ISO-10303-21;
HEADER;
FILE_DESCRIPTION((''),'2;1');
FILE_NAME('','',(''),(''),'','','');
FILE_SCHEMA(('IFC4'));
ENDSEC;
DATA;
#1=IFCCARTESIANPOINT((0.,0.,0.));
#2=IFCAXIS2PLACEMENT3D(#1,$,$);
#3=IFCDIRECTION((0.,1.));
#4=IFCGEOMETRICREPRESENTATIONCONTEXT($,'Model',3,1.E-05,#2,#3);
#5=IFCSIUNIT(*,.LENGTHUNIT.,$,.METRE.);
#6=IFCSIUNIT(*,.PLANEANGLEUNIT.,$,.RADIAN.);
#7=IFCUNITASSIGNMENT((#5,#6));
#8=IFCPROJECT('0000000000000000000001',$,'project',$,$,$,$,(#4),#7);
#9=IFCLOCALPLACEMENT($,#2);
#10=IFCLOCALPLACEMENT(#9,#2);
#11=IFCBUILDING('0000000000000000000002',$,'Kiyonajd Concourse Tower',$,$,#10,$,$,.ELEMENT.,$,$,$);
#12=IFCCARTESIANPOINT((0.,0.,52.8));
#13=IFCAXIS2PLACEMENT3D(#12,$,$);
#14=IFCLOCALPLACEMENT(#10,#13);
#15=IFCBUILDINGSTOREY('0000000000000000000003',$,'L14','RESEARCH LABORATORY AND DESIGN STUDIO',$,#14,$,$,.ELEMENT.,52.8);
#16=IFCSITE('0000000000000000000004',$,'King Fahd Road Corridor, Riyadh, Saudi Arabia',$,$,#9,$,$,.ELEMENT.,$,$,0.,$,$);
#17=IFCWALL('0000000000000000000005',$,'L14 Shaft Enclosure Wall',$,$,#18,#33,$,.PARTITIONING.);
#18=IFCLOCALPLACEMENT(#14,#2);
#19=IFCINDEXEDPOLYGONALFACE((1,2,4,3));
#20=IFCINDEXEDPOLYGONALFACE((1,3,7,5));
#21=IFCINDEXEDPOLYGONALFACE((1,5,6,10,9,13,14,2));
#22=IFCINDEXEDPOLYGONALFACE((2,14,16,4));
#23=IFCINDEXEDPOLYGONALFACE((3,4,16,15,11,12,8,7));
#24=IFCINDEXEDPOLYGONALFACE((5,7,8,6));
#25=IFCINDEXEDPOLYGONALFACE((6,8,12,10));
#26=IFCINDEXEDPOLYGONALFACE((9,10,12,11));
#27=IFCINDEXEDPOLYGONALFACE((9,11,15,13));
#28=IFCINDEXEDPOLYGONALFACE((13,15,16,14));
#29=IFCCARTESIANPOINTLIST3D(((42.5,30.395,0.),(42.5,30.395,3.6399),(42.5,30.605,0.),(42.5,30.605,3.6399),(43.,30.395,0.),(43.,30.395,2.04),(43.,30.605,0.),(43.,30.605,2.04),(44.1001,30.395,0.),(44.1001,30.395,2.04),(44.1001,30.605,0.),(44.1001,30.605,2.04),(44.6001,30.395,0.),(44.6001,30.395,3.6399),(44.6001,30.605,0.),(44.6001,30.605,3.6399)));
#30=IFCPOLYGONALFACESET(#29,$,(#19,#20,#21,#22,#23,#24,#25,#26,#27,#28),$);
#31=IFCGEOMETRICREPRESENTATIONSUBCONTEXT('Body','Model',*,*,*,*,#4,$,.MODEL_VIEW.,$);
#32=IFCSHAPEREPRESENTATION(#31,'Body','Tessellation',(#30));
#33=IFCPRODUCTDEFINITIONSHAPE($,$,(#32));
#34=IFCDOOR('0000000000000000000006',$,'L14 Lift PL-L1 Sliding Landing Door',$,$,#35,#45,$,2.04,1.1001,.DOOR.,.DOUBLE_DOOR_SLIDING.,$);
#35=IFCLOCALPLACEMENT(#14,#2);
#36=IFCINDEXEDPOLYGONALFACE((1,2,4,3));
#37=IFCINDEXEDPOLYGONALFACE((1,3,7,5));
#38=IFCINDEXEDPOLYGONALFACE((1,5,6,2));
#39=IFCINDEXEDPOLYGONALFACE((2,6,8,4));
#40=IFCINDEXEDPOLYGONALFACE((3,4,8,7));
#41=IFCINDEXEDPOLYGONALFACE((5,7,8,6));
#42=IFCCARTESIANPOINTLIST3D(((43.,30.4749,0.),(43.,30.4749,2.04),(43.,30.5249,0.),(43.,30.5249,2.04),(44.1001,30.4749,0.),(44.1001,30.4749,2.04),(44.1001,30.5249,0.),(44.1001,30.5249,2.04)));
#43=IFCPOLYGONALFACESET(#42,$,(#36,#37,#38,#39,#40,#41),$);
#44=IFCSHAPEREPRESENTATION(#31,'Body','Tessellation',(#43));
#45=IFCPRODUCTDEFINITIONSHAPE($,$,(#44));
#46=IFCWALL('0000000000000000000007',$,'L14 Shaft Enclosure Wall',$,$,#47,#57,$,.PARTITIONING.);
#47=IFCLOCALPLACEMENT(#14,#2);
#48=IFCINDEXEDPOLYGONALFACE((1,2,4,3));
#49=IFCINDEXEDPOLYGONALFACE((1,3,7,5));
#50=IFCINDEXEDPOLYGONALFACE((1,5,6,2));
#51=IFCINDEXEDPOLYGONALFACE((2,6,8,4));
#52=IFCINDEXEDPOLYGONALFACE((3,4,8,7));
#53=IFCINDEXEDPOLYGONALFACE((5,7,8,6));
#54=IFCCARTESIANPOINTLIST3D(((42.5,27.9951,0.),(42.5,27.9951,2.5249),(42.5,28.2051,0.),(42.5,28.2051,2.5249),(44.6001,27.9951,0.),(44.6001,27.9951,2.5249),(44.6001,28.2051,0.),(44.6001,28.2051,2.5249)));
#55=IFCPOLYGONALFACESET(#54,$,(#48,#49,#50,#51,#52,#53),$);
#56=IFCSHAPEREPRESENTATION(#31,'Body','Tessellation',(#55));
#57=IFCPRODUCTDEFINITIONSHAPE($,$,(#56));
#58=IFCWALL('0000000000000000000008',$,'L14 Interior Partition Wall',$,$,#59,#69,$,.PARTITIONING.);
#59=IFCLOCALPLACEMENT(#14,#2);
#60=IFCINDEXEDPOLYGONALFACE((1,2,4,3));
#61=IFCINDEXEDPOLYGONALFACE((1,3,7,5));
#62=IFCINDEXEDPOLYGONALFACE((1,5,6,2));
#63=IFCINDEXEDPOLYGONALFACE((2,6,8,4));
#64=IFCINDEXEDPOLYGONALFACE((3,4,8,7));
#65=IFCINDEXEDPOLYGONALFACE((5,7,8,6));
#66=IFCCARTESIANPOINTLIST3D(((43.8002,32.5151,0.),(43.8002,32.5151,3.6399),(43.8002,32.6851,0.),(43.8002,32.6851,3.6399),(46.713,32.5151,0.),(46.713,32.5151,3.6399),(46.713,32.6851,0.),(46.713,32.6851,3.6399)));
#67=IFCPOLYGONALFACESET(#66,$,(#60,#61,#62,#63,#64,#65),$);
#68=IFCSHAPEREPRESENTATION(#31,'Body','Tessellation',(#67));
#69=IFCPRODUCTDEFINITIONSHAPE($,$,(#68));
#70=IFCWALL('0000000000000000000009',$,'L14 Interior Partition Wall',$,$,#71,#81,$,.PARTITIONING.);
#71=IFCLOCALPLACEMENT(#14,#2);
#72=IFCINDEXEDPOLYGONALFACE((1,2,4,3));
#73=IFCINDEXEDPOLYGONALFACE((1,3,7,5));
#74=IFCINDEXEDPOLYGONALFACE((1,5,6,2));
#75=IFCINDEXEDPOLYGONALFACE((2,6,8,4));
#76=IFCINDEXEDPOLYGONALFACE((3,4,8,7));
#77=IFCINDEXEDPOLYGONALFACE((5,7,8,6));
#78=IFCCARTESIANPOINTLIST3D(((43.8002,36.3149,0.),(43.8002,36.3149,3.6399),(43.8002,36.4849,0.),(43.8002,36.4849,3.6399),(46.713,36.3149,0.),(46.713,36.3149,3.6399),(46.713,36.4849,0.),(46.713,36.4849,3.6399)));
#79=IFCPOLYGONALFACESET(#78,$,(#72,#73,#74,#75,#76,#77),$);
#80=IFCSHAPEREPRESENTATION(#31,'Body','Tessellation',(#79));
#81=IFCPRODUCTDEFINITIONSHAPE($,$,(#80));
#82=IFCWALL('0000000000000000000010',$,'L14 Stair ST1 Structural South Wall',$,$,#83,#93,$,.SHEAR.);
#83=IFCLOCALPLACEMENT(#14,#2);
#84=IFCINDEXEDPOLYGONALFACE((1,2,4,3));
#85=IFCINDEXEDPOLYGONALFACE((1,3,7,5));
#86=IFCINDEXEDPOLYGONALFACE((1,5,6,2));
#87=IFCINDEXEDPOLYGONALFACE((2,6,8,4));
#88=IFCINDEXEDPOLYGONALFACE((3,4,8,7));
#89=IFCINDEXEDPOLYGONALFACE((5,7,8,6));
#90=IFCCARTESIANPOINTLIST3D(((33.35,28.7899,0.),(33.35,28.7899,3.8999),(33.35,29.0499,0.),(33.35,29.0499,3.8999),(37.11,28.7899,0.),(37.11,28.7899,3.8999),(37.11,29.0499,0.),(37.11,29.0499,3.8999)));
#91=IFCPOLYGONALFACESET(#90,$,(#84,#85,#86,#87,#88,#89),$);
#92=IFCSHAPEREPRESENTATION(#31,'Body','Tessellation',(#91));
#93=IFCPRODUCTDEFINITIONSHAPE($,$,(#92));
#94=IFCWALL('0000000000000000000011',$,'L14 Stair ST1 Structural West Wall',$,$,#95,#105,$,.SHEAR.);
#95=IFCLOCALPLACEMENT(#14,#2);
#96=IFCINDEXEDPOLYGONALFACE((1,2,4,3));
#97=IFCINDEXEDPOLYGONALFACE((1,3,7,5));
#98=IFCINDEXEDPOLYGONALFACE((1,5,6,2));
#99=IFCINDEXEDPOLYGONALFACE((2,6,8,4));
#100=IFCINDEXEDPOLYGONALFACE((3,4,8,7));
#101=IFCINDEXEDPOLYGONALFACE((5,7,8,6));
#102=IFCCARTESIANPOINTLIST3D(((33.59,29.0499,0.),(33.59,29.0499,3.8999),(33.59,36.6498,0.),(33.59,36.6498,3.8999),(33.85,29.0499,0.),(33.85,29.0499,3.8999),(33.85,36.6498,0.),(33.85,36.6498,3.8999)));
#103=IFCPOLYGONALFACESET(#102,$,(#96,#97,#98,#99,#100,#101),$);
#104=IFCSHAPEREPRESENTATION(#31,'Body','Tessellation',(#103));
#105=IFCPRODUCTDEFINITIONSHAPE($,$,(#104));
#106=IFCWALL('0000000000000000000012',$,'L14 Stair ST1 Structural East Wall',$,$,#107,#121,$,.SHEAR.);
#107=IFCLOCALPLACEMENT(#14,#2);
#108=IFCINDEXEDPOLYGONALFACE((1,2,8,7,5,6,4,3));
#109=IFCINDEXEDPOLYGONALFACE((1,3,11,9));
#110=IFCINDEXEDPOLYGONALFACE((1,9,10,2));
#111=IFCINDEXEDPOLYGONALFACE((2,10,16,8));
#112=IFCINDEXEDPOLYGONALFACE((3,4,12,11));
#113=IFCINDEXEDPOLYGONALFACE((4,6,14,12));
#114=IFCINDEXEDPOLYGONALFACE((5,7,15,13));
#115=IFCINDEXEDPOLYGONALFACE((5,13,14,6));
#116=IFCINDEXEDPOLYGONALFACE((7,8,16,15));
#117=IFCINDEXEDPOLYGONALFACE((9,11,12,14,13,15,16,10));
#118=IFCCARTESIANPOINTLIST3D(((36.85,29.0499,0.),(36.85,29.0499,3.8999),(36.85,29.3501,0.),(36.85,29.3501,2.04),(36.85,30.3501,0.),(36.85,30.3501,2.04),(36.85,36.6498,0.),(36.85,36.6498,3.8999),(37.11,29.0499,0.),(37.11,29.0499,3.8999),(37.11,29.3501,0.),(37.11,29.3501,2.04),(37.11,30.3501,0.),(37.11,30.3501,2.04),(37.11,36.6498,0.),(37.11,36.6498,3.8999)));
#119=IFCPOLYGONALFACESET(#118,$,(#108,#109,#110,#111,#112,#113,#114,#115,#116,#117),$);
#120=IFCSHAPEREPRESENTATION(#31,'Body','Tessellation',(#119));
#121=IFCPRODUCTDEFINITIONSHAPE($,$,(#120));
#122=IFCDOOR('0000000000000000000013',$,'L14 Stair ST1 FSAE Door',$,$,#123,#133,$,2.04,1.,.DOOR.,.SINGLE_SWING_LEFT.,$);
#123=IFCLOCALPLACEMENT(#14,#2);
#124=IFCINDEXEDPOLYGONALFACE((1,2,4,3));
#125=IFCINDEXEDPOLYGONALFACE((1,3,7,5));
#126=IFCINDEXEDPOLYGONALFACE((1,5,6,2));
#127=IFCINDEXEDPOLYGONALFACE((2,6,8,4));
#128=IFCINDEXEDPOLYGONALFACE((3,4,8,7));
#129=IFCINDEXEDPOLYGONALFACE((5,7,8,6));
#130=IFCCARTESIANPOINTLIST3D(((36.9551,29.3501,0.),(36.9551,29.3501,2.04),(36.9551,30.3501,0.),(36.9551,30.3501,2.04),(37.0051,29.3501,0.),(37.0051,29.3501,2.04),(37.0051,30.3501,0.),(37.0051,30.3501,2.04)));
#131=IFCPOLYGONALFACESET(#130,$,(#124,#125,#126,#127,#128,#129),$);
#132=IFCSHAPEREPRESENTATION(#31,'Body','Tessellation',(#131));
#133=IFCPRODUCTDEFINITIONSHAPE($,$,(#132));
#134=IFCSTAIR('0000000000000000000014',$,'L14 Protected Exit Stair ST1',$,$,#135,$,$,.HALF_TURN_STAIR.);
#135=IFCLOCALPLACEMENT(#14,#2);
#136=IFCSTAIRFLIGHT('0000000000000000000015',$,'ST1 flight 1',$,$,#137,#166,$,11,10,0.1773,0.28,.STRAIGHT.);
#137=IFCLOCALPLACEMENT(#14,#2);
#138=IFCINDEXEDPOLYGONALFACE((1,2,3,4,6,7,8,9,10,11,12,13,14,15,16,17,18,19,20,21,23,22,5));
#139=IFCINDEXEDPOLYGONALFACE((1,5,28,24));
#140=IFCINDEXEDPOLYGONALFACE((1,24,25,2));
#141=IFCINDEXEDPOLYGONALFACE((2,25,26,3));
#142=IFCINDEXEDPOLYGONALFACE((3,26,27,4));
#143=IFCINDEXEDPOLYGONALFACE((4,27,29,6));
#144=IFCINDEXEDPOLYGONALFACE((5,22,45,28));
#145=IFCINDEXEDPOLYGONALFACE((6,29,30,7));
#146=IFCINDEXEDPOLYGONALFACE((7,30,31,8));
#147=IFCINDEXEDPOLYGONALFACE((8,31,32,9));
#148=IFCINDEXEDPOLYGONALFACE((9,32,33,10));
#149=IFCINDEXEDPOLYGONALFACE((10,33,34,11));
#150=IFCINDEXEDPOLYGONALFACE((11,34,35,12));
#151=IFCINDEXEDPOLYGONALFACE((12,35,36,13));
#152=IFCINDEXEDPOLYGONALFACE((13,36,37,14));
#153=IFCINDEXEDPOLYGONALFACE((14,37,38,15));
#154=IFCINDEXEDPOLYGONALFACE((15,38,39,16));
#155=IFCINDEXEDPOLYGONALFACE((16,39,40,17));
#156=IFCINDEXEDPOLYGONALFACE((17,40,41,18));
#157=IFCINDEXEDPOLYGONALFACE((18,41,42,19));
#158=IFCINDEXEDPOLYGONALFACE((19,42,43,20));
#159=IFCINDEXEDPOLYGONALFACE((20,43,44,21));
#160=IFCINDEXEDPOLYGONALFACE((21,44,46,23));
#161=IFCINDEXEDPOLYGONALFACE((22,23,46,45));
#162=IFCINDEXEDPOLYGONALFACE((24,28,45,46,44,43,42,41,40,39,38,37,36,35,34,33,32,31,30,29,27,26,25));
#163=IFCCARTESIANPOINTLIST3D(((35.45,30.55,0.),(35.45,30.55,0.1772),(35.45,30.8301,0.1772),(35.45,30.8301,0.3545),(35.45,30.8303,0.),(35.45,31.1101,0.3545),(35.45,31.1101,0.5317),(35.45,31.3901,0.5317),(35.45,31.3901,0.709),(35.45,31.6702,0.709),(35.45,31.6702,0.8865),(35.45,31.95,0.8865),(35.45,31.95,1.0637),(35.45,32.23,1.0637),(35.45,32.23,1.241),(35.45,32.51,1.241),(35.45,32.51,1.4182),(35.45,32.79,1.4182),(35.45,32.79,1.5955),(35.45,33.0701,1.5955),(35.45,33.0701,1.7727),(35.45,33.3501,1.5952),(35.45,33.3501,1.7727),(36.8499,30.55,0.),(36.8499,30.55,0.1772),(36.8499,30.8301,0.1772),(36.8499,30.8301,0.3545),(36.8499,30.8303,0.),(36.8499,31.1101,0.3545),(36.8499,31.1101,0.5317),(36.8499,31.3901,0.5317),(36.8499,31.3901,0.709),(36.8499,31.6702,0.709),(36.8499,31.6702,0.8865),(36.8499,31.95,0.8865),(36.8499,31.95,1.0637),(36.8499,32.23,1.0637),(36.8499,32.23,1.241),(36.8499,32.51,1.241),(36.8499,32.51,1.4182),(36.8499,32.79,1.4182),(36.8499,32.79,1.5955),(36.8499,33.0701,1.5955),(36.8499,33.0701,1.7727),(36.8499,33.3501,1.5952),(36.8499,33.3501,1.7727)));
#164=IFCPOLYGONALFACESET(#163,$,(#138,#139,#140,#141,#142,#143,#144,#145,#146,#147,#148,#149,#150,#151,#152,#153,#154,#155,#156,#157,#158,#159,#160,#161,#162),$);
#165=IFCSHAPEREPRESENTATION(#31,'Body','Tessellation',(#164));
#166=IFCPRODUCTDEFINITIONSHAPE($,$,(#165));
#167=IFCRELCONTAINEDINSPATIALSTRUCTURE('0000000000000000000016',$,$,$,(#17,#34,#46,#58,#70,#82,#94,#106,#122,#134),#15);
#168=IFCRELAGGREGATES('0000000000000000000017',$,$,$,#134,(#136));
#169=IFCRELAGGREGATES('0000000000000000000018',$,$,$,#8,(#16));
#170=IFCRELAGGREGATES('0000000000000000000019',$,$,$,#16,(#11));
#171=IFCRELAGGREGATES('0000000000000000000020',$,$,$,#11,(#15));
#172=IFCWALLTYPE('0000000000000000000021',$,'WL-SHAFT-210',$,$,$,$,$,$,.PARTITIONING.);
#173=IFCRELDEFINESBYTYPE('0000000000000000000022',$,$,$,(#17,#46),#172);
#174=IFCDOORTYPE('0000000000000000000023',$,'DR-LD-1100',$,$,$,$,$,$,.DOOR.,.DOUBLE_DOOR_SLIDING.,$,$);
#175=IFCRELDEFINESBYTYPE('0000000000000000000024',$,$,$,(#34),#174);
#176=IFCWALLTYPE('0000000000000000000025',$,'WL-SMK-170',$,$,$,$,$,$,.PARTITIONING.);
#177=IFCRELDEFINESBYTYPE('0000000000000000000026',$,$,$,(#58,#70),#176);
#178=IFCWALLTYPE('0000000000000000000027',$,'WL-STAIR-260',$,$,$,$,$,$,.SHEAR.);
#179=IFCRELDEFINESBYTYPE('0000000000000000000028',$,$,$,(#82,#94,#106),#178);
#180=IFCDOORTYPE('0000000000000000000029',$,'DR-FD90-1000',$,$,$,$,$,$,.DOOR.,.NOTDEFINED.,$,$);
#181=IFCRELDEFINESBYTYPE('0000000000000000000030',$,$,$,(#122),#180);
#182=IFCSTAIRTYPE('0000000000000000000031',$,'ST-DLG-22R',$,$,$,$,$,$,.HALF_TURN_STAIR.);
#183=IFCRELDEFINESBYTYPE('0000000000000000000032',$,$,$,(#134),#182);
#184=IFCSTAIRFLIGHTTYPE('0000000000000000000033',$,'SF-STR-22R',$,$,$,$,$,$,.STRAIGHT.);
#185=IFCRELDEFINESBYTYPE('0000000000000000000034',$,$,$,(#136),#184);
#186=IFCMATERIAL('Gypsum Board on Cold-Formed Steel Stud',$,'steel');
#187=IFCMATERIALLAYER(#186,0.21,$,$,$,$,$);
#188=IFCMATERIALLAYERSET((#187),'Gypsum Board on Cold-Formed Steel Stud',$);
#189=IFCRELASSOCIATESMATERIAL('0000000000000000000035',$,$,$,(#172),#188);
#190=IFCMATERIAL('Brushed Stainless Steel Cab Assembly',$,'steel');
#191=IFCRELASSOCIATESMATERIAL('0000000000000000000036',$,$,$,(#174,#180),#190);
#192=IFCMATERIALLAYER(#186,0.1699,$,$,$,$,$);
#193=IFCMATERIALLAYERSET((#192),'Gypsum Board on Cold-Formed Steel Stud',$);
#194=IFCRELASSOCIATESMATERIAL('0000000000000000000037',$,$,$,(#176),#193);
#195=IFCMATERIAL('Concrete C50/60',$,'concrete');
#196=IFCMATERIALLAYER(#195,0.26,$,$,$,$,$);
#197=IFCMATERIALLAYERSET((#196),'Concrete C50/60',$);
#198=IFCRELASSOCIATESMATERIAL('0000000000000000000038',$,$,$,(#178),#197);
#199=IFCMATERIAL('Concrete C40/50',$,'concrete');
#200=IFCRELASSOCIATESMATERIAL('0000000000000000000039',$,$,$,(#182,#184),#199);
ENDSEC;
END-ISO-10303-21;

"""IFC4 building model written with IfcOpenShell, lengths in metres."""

from ifc_helpers import new_model, si_unit, direction, frame, frame_2d, origin, place, context, subcontext, project, spatial, polyline, rectangle, outline, extrude, material, layer, layer_set, type_object, element, fill, aggregate, save


model = new_model("IFC4")

# Units and contexts
model_context = context("Model", 3, precision=1e-05, world=origin(), true_north=direction((0.0, 1.0)))
body_context = subcontext(model_context, "Body", "Model", "MODEL_VIEW")
ifc_project = project(units=[si_unit("LENGTHUNIT", "METRE"), si_unit("PLANEANGLEUNIT", "RADIAN")], contexts=[model_context])

# Site, building, storey
site_placement = place(None, origin())
site = spatial("IfcSite", under=ifc_project, at=site_placement, Name="King Fahd Road Corridor, Riyadh, Saudi Arabia", CompositionType="ELEMENT", RefElevation=0.0)
building_placement = place(site_placement, origin())
building = spatial("IfcBuilding", under=site, at=building_placement, Name="Kiyonajd Concourse Tower", CompositionType="ELEMENT")
storey_placement = place(building_placement, frame((0.0, 0.0, 52.8)))
storey = spatial("IfcBuildingStorey", under=building, at=storey_placement, Name="L14", Description="RESEARCH LABORATORY AND DESIGN STUDIO", CompositionType="ELEMENT", Elevation=52.8)

# Shared definitions
ifc_material_1 = material(Name="Concrete C50/60", Category="concrete")

# Shared definitions
ifc_material_2 = material(Name="Gypsum Board on Cold-Formed Steel Stud", Category="steel")

# Shared definitions
ifc_layer_1 = layer(ifc_material_2, 0.21)
ifc_layer_set_1 = layer_set([ifc_layer_1], Name="Gypsum Board on Cold-Formed Steel Stud")
wall_type_1 = type_object("IfcWallType", Name="WL-SHAFT-210", PredefinedType="PARTITIONING", material=ifc_layer_set_1)
ifc_material_3 = material(Name="Brushed Stainless Steel Cab Assembly", Category="steel")

# Wall, opening, door
wall_1_placement = place(storey_placement, frame((42.5, 30.5, 0.0), z_axis=(0.0, 0.0, 1.0), x_axis=(1.0, 0.0, 0.0)))
wall_1 = element("IfcWall", 1, at=wall_1_placement, inside=storey, type_object=wall_type_1, Name="L14 Shaft Enclosure Wall", PredefinedType="PARTITIONING", context=body_context, shape_type="SweptSolid", body=[
    extrude(rectangle(XDim=2.1001, YDim=0.21, at=frame_2d((1.05, 0.0))), origin(), (0.0, 0.0, 1.0), 3.6399),
])
opening_1_placement = place(wall_1_placement, frame((0.5, 0.0, 0.0)))
opening_1 = element("IfcOpeningElement", 2, at=opening_1_placement, cuts=wall_1, PredefinedType="OPENING", context=body_context, shape_type="SweptSolid", body=[
    extrude(rectangle(XDim=1.1001, YDim=2.04, at=frame_2d((0.55, 1.02))), frame((0.0, 0.115, 0.0), z_axis=(0.0, -1.0, 0.0), x_axis=(1.0, 0.0, 0.0)), (0.0, 0.0, 1.0), 0.23),
])
door_type_1 = type_object("IfcDoorType", Name="DR-LD-1100", OperationType="DOUBLE_DOOR_SLIDING", PredefinedType="DOOR", material=ifc_material_3)
door_1_placement = place(opening_1_placement, origin())
door_1 = element("IfcDoor", 3, at=door_1_placement, inside=storey, type_object=door_type_1, Name="L14 Lift PL-L1 Sliding Landing Door", OperationType="DOUBLE_DOOR_SLIDING", OverallHeight=2.04, OverallWidth=1.1001, PredefinedType="DOOR", context=body_context, shape_type="SweptSolid", body=[
    extrude(rectangle(XDim=1.1001, YDim=2.04, at=frame_2d((0.55, 1.02))), frame((0.0, 0.0249, 0.0), z_axis=(0.0, -1.0, 0.0), x_axis=(1.0, 0.0, 0.0)), (0.0, 0.0, 1.0), 0.05),
])
fill(opening_1, door_1)

# Walls
wall_2_placement = place(storey_placement, frame((42.5, 28.1001, 0.0), z_axis=(0.0, 0.0, 1.0), x_axis=(1.0, 0.0, 0.0)))
element("IfcWall", 4, at=wall_2_placement, inside=storey, type_object=wall_type_1, Name="L14 Shaft Enclosure Wall", PredefinedType="PARTITIONING", context=body_context, shape_type="SweptSolid", body=[
    extrude(rectangle(XDim=2.1001, YDim=0.21, at=frame_2d((1.05, 0.0))), origin(), (0.0, 0.0, 1.0), 2.5249),
])
ifc_layer_2 = layer(ifc_material_2, 0.1699)
ifc_layer_set_2 = layer_set([ifc_layer_2], Name="Gypsum Board on Cold-Formed Steel Stud")
wall_type_2 = type_object("IfcWallType", Name="WL-SMK-170", PredefinedType="PARTITIONING", material=ifc_layer_set_2)
for number, where, z_axis, x_axis, name in (
    (5, (43.8, 32.6001, 0.0), (0.0, 0.0, 1.0), (1.0, 0.0, 0.0), "L14 Interior Partition Wall"),
    (6, (43.8, 36.3999, 0.0), (0.0, 0.0, 1.0), (1.0, 0.0, 0.0), "L14 Interior Partition Wall"),
):
    element("IfcWall", number, at=place(storey_placement, frame(where, z_axis=z_axis, x_axis=x_axis)), inside=storey, type_object=wall_type_2, Name=name, PredefinedType="PARTITIONING", context=body_context, shape_type="SweptSolid", body=[
        extrude(rectangle(XDim=2.9128, YDim=0.1699, at=frame_2d((1.4565, 0.0))), origin(), (0.0, 0.0, 1.0), 3.6399),
    ])
ifc_layer_3 = layer(ifc_material_1, 0.26)
ifc_layer_set_3 = layer_set([ifc_layer_3], Name="Concrete C50/60")
wall_type_3 = type_object("IfcWallType", Name="WL-STAIR-260", PredefinedType="SHEAR", material=ifc_layer_set_3)
wall_3_placement = place(storey_placement, frame((33.3501, 28.9199, 0.0), z_axis=(0.0, 0.0, 1.0), x_axis=(1.0, 0.0, 0.0)))
element("IfcWall", 7, at=wall_3_placement, inside=storey, type_object=wall_type_3, Name="L14 Stair ST1 Structural South Wall", PredefinedType="SHEAR", context=body_context, shape_type="SweptSolid", body=[
    extrude(rectangle(XDim=3.76, YDim=0.26, at=frame_2d((1.8799, 0.0))), origin(), (0.0, 0.0, 1.0), 3.8999),
])
wall_4_placement = place(storey_placement, frame((33.72, 29.05, 0.0), z_axis=(0.0, 0.0, 1.0), x_axis=(0.0, 1.0, 0.0)))
element("IfcWall", 8, at=wall_4_placement, inside=storey, type_object=wall_type_3, Name="L14 Stair ST1 Structural West Wall", PredefinedType="SHEAR", context=body_context, shape_type="SweptSolid", body=[
    extrude(rectangle(XDim=7.5999, YDim=0.26, at=frame_2d((3.7998, 0.0))), origin(), (0.0, 0.0, 1.0), 3.8999),
])

# Wall, opening, door
wall_5_placement = place(storey_placement, frame((36.98, 29.05, 0.0), z_axis=(0.0, 0.0, 1.0), x_axis=(0.0, 1.0, 0.0)))
wall_5 = element("IfcWall", 9, at=wall_5_placement, inside=storey, type_object=wall_type_3, Name="L14 Stair ST1 Structural East Wall", PredefinedType="SHEAR", context=body_context, shape_type="SweptSolid", body=[
    extrude(rectangle(XDim=7.5999, YDim=0.26, at=frame_2d((3.7998, 0.0))), origin(), (0.0, 0.0, 1.0), 3.8999),
])
opening_2_placement = place(wall_5_placement, frame((0.3, 0.0, 0.0)))
opening_2 = element("IfcOpeningElement", 10, at=opening_2_placement, cuts=wall_5, PredefinedType="OPENING", context=body_context, shape_type="SweptSolid", body=[
    extrude(rectangle(XDim=1.0, YDim=2.04, at=frame_2d((0.5, 1.02))), frame((0.0, 0.1399, 0.0), z_axis=(0.0, -1.0, 0.0), x_axis=(1.0, 0.0, 0.0)), (0.0, 0.0, 1.0), 0.28),
])
door_type_2 = type_object("IfcDoorType", Name="DR-FD90-1000", OperationType="NOTDEFINED", PredefinedType="DOOR", material=ifc_material_3)
door_2_placement = place(opening_2_placement, origin())
door_2 = element("IfcDoor", 11, at=door_2_placement, inside=storey, type_object=door_type_2, Name="L14 Stair ST1 FSAE Door", OperationType="SINGLE_SWING_LEFT", OverallHeight=2.04, OverallWidth=1.0, PredefinedType="DOOR", context=body_context, shape_type="SweptSolid", body=[
    extrude(rectangle(XDim=1.0, YDim=2.04, at=frame_2d((0.5, 1.02))), frame((0.0, 0.0249, 0.0), z_axis=(0.0, -1.0, 0.0), x_axis=(1.0, 0.0, 0.0)), (0.0, 0.0, 1.0), 0.05),
])
fill(opening_2, door_2)

# Stair, stair flight
ifc_material_4 = material(Name="Concrete C40/50", Category="concrete")
stair_type = type_object("IfcStairType", Name="ST-DLG-22R", PredefinedType="HALF_TURN_STAIR", material=ifc_material_4)
stair_placement = place(storey_placement, origin())
stair = element("IfcStair", 12, at=stair_placement, inside=storey, type_object=stair_type, Name="L14 Protected Exit Stair ST1", PredefinedType="HALF_TURN_STAIR")
stair_flight_type = type_object("IfcStairFlightType", Name="SF-STR-22R", PredefinedType="STRAIGHT", material=ifc_material_4)
stair_flight_1_placement = place(storey_placement, frame((36.1499, 30.55, 0.0), z_axis=(0.0, 0.0, 1.0), x_axis=(0.0, 1.0, 0.0)))
stair_flight_1 = element("IfcStairFlight", 13, at=stair_flight_1_placement, type_object=stair_flight_type, Name="ST1 flight 1", NumberOfRisers=11, NumberOfTreads=10, PredefinedType="STRAIGHT", RiserHeight=0.1773, TreadLength=0.28, context=body_context, shape_type="SweptSolid", body=[
    extrude(outline(polyline([(0.0, 0.0), (0.0, 0.1772), (0.28, 0.1772), (0.28, 0.3545), (0.5601, 0.3545), (0.5601, 0.5317), (0.8401, 0.5317), (0.8401, 0.709), (1.1201, 0.709), (1.1201, 0.8865), (1.3999, 0.8865), (1.3999, 1.0637), (1.6799, 1.0637), (1.6799, 1.241), (1.96, 1.241), (1.96, 1.4182), (2.24, 1.4182), (2.24, 1.5955), (2.52, 1.5955), (2.52, 1.7727), (2.8, 1.7727), (2.8, 1.95), (2.8, 1.5952), (0.2803, 0.0), (0.0, 0.0)])), frame((0.0, 0.7, 0.0), z_axis=(0.0, -1.0, 0.0), x_axis=(1.0, 0.0, 0.0)), (0.0, 0.0, 1.0), 1.3999),
])
aggregate(stair, [stair_flight_1])

save(model, "model.ifc")
